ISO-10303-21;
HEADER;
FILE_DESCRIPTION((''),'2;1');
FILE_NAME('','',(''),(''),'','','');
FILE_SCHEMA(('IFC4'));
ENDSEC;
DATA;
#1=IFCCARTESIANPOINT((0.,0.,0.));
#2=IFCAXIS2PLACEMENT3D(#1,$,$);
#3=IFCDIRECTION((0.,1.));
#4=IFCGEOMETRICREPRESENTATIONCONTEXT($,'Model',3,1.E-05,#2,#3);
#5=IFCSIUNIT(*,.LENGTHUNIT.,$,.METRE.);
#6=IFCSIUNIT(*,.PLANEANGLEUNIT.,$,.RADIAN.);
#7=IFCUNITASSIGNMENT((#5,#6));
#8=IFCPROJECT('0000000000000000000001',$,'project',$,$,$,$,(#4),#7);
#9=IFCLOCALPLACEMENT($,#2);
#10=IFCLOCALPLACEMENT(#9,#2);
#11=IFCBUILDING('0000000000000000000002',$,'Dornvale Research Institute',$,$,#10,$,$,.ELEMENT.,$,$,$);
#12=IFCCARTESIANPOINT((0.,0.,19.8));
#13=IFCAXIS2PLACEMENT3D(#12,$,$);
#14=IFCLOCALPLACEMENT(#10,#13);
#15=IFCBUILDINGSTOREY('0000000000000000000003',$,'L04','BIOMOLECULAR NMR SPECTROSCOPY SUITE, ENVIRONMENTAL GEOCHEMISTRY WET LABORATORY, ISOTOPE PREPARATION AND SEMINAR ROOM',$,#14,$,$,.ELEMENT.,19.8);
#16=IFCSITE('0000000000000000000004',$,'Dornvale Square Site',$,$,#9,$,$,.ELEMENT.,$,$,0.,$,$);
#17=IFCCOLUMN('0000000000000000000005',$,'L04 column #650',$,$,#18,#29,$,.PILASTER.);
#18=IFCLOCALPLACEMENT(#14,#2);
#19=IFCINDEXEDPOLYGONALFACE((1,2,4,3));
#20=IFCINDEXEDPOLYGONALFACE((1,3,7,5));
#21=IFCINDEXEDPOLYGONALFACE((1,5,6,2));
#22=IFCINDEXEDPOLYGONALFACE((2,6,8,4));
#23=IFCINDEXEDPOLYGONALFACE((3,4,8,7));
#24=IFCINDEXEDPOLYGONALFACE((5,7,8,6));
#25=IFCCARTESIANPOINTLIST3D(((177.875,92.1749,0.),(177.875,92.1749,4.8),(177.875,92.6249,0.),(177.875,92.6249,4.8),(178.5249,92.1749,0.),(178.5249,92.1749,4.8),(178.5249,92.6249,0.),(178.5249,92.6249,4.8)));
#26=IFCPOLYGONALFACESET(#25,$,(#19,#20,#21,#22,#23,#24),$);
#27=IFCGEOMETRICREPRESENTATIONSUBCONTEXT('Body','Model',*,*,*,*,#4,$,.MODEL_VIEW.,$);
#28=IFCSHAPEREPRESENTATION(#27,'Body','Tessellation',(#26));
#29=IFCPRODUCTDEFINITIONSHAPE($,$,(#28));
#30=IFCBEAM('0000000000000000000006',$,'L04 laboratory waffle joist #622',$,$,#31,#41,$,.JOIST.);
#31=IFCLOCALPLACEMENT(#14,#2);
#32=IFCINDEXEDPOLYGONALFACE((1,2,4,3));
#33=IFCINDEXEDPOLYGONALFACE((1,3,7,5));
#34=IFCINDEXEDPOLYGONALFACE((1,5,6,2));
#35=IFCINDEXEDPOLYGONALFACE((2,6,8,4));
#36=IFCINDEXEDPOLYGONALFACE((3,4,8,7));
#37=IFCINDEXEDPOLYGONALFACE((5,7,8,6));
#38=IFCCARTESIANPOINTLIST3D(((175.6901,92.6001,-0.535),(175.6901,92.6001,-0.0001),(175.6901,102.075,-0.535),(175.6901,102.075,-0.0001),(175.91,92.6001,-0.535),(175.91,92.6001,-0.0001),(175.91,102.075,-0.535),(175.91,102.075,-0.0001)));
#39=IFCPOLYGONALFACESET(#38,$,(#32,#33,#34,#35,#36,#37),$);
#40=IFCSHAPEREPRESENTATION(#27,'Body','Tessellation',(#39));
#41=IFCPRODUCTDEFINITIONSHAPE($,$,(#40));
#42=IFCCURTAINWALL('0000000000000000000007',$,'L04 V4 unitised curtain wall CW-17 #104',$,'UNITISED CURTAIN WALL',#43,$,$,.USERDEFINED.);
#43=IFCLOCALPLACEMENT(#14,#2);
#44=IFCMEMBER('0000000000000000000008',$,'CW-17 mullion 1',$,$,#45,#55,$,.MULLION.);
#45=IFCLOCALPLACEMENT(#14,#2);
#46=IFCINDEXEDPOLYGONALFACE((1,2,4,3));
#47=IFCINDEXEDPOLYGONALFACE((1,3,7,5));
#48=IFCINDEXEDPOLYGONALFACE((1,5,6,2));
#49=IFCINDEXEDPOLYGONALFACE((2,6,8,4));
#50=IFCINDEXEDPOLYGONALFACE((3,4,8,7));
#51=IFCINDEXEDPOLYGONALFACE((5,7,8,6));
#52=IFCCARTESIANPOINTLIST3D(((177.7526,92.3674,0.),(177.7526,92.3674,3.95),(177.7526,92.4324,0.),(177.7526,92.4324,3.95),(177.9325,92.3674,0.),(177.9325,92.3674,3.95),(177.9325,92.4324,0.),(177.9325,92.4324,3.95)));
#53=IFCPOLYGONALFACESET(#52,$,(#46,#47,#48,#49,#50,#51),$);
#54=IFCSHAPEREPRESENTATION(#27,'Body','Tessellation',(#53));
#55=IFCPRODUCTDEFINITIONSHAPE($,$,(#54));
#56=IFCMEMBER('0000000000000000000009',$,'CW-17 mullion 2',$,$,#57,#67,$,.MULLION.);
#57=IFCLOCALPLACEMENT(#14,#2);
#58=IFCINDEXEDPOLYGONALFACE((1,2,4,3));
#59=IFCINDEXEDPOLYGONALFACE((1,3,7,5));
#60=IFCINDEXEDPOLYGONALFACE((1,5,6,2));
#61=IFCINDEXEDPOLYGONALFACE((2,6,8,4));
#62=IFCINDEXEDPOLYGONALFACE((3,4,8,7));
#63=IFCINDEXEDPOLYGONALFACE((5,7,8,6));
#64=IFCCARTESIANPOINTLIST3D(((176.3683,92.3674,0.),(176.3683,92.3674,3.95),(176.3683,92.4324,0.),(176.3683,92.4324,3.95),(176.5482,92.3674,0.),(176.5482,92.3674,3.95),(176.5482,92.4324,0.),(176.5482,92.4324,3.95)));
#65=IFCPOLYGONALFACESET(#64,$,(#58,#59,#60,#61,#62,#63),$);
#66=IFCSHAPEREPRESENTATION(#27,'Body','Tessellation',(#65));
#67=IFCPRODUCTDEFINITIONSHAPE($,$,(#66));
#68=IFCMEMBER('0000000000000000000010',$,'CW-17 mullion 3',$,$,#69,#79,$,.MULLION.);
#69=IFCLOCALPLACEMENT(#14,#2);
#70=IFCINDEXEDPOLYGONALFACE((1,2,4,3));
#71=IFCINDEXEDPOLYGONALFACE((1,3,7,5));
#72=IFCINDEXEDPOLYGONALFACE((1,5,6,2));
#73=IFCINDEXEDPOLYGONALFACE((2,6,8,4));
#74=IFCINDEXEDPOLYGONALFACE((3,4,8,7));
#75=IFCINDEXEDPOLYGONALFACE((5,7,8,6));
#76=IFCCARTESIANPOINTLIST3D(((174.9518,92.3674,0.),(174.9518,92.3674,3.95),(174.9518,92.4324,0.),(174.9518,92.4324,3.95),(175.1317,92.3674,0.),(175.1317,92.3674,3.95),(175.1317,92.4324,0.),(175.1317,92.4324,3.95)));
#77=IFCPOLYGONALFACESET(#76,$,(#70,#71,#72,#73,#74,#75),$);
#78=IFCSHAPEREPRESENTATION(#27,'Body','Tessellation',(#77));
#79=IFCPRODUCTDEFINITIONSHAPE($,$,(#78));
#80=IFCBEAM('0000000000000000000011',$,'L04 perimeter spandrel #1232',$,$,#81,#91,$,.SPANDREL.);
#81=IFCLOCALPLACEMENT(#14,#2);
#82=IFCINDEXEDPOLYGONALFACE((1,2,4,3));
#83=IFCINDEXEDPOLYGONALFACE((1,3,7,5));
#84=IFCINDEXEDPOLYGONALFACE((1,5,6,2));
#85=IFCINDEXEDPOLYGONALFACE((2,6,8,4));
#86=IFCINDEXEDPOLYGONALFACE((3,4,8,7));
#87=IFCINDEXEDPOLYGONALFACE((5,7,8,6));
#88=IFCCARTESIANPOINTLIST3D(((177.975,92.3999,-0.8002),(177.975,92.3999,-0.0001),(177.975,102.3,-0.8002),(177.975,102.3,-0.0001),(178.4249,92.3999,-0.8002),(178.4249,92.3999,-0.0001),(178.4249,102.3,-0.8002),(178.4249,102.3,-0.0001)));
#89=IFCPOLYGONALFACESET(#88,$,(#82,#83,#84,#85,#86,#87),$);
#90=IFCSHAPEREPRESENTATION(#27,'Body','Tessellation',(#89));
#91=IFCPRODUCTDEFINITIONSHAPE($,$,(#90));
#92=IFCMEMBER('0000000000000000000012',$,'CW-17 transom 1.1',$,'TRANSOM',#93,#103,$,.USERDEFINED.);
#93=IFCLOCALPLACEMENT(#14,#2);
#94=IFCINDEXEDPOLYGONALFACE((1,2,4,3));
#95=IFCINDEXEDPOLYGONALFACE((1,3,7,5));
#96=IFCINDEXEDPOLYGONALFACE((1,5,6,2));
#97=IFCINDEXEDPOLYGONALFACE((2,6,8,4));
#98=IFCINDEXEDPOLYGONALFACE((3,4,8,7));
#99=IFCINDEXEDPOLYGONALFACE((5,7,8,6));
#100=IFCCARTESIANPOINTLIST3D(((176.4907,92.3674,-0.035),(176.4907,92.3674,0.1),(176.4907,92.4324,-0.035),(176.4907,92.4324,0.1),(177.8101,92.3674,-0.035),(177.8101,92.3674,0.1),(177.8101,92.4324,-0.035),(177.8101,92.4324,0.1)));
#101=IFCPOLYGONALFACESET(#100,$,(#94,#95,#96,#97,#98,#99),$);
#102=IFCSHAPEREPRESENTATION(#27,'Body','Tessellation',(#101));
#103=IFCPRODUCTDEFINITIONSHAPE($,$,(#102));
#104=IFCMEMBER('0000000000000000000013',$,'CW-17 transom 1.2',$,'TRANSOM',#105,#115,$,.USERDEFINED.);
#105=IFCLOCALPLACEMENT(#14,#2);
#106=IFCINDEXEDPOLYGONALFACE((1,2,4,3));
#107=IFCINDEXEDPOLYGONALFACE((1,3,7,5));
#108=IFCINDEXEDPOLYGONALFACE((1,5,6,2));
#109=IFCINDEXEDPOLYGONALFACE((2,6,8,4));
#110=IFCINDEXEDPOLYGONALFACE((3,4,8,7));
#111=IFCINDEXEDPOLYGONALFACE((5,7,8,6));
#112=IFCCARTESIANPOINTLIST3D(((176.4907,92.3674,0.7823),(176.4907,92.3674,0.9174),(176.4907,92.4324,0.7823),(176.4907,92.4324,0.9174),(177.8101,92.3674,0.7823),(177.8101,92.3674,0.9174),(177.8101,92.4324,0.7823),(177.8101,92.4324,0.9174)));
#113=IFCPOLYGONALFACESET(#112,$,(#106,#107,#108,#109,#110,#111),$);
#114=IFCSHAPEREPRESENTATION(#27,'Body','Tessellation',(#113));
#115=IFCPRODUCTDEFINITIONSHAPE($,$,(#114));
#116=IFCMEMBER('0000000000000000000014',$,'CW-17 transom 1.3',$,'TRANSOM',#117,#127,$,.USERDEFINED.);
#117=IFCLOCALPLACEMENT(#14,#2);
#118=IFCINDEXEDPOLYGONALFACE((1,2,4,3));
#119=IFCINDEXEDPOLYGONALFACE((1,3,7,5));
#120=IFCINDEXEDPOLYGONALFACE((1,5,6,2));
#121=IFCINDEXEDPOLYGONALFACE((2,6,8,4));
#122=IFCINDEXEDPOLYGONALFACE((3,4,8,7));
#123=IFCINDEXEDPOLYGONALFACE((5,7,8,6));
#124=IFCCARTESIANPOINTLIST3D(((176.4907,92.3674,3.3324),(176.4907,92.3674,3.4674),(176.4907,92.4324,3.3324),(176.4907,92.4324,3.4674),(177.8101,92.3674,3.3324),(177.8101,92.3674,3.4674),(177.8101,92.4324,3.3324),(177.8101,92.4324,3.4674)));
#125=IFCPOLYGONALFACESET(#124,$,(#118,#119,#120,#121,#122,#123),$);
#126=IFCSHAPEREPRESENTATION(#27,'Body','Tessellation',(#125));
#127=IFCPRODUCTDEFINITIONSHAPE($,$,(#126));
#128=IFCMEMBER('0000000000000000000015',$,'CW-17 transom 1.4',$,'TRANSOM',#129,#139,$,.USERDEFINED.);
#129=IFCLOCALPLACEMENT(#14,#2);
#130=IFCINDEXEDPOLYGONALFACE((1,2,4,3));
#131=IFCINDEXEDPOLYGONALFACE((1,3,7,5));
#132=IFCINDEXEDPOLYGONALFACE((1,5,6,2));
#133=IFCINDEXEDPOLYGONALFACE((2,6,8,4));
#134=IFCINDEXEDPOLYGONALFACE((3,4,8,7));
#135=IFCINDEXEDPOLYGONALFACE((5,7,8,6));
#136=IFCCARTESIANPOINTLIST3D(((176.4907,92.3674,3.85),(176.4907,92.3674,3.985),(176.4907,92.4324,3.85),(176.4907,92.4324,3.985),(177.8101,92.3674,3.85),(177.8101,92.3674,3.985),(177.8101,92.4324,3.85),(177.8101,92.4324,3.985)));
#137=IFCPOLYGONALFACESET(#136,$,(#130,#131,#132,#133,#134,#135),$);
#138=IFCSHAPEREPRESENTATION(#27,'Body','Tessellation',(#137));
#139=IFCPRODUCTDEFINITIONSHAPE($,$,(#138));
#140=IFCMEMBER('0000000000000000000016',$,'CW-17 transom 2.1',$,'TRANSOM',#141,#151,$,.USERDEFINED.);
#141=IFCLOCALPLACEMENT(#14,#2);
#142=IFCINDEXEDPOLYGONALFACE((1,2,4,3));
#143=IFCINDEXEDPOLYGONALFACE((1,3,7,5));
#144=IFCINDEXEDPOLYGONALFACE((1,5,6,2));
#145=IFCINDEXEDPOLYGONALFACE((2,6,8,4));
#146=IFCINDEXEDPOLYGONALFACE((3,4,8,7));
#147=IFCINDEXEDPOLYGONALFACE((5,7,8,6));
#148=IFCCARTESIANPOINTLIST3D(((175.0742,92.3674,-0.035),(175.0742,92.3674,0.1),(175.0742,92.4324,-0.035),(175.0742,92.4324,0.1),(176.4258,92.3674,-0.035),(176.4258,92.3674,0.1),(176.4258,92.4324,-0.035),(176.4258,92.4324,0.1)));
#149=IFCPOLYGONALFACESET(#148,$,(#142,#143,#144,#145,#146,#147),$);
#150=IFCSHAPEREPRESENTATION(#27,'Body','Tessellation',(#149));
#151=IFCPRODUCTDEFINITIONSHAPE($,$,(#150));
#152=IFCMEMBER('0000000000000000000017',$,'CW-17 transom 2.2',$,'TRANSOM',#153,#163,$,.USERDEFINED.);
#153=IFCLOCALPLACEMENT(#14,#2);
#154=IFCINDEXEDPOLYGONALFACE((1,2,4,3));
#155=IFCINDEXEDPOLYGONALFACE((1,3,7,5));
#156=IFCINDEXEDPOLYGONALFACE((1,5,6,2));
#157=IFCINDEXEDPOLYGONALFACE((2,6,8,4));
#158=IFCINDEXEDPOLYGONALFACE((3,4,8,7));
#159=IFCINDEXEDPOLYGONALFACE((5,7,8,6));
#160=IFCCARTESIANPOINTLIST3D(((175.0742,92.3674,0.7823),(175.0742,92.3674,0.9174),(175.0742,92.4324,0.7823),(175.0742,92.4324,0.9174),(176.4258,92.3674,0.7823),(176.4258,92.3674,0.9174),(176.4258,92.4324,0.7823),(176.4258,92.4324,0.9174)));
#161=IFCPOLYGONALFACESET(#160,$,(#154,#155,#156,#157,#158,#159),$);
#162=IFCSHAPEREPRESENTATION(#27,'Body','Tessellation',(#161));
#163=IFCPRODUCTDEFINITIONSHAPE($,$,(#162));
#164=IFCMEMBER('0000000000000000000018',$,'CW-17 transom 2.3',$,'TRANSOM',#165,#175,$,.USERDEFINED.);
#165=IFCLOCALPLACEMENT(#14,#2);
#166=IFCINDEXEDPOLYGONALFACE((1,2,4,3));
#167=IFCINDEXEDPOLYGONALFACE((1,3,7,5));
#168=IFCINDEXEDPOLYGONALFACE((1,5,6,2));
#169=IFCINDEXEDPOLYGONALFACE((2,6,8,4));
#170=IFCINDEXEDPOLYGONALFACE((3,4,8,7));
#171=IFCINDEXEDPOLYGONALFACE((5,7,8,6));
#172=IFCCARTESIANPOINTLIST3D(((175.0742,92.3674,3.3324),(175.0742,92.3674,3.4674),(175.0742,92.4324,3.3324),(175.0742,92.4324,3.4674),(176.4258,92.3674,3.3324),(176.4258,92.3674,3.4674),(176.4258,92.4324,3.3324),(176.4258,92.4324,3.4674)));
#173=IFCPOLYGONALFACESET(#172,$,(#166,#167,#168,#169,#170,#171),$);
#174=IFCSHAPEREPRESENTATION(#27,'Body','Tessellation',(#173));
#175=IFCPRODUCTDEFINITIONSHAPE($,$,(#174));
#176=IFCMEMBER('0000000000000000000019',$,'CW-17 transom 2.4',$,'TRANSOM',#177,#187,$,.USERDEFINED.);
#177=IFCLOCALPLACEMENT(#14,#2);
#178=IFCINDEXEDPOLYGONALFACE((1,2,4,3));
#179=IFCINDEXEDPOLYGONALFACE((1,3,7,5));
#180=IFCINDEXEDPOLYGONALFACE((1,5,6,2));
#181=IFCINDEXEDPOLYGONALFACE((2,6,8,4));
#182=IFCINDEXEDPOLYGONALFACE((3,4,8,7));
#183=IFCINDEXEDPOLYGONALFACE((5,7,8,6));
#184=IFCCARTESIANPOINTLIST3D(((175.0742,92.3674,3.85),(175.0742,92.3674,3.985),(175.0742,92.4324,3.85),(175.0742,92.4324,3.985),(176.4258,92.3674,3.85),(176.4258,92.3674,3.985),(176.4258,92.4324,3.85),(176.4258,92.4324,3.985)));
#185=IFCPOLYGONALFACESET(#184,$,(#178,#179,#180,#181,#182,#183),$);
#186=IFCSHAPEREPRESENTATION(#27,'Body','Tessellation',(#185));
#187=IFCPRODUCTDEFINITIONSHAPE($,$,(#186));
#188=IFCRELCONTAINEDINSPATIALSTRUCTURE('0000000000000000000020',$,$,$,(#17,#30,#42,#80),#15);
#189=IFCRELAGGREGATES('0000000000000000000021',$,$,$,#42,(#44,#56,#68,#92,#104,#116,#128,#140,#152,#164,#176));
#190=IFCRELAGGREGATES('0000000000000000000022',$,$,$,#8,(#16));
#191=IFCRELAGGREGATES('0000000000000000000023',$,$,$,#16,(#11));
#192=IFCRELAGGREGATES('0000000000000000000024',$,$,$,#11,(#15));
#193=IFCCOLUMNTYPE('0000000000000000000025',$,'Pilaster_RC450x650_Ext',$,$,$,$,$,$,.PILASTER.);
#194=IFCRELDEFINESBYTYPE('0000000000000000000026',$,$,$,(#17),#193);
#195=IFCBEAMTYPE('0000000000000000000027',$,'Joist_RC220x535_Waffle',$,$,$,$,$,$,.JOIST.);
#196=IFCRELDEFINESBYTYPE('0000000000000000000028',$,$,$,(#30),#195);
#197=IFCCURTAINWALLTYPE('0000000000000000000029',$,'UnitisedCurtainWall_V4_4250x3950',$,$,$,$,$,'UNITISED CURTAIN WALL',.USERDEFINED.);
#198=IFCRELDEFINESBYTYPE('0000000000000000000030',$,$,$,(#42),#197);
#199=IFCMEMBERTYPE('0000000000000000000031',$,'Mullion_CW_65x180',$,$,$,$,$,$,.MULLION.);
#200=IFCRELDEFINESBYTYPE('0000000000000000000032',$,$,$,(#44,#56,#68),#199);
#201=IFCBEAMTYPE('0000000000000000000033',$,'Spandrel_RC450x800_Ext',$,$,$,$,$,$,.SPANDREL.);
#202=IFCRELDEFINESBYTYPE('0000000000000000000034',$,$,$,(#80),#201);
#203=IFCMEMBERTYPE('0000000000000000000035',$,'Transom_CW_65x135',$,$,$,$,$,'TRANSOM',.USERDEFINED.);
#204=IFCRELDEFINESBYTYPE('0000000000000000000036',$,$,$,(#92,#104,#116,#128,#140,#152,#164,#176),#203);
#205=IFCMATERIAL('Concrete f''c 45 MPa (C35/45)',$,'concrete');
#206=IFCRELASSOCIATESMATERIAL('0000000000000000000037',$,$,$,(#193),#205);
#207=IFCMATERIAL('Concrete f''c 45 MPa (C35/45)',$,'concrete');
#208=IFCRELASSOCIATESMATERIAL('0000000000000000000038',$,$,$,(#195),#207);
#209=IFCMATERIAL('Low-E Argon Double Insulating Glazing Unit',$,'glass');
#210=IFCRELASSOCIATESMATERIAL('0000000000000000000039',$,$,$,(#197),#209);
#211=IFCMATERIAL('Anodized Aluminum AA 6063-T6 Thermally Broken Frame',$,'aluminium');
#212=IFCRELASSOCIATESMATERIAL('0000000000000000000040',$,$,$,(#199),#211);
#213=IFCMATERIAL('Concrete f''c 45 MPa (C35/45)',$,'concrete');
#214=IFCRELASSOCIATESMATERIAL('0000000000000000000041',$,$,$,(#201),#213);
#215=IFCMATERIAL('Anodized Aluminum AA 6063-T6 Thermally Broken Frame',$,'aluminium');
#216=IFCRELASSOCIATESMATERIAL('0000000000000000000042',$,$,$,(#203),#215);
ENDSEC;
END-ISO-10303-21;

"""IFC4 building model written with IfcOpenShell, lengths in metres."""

from ifc_helpers import new_model, si_unit, direction, frame, origin, origin_2d, place, context, subcontext, project, spatial, rectangle, extrude, material, material_profile, profile_set, type_object, element, aggregate, save


model = new_model("IFC4")

# Units and contexts
model_context = context("Model", 3, precision=1e-05, world=origin(), true_north=direction((0.0, 1.0)))
body_context = subcontext(model_context, "Body", "Model", "MODEL_VIEW")
ifc_project = project(units=[si_unit("LENGTHUNIT", "METRE"), si_unit("PLANEANGLEUNIT", "RADIAN")], contexts=[model_context])

# Site, building, storey
site_placement = place(None, origin())
site = spatial("IfcSite", under=ifc_project, at=site_placement, Name="Dornvale Square Site", CompositionType="ELEMENT", RefElevation=0.0)
building_placement = place(site_placement, origin())
building = spatial("IfcBuilding", under=site, at=building_placement, Name="Dornvale Research Institute", CompositionType="ELEMENT")
storey_placement = place(building_placement, frame((0.0, 0.0, 19.8)))
storey = spatial("IfcBuildingStorey", under=building, at=storey_placement, Name="L04", Description="BIOMOLECULAR NMR SPECTROSCOPY SUITE, ENVIRONMENTAL GEOCHEMISTRY WET LABORATORY, ISOTOPE PREPARATION AND SEMINAR ROOM", CompositionType="ELEMENT", Elevation=19.8)

# Column
ifc_material_1 = material(Name="Concrete f'c 45 MPa (C35/45)", Category="concrete")
ifc_material_profile_1 = material_profile(ifc_material_1, rectangle(XDim=0.45, YDim=0.6499, at=origin_2d()), Name="RC 450x650")
ifc_profile_set_1 = profile_set([ifc_material_profile_1], Name="Concrete f'c 45 MPa (C35/45)")
column_type = type_object("IfcColumnType", Name="Pilaster_RC450x650_Ext", PredefinedType="PILASTER", material=ifc_profile_set_1)
column_placement = place(storey_placement, frame((178.2, 92.3999, 0.0), z_axis=(0.0, 0.0, 1.0), x_axis=(0.0, 1.0, 0.0)))
element("IfcColumn", 1, at=column_placement, inside=storey, type_object=column_type, Name="L04 column #650", PredefinedType="PILASTER", context=body_context, shape_type="SweptSolid", body=[
    extrude(rectangle(XDim=0.45, YDim=0.6499, at=origin_2d()), origin(), (0.0, 0.0, 1.0), 4.8),
])

# Beam
ifc_material_2 = material(Name="Concrete f'c 45 MPa (C35/45)", Category="concrete")
ifc_material_profile_2 = material_profile(ifc_material_2, rectangle(XDim=0.22, YDim=0.5349, at=origin_2d()), Name="RC 220x535")
ifc_profile_set_2 = profile_set([ifc_material_profile_2], Name="Concrete f'c 45 MPa (C35/45)")
beam_type_1 = type_object("IfcBeamType", Name="Joist_RC220x535_Waffle", PredefinedType="JOIST", material=ifc_profile_set_2)
beam_1_placement = place(storey_placement, frame((175.8, 92.6001, -0.2676), z_axis=(0.0, 1.0, 0.0), x_axis=(-1.0, 0.0, 0.0)))
element("IfcBeam", 2, at=beam_1_placement, inside=storey, type_object=beam_type_1, Name="L04 laboratory waffle joist #622", PredefinedType="JOIST", context=body_context, shape_type="SweptSolid", body=[
    extrude(rectangle(XDim=0.22, YDim=0.5349, at=origin_2d()), origin(), (0.0, 0.0, 1.0), 9.4749),
])

# Curtain wall, members
ifc_material_3 = material(Name="Low-E Argon Double Insulating Glazing Unit", Category="glass")
curtain_wall_type = type_object("IfcCurtainWallType", Name="UnitisedCurtainWall_V4_4250x3950", ElementType="UNITISED CURTAIN WALL", PredefinedType="USERDEFINED", material=ifc_material_3)
curtain_wall_placement = place(storey_placement, origin())
curtain_wall = element("IfcCurtainWall", 3, at=curtain_wall_placement, inside=storey, type_object=curtain_wall_type, Name="L04 V4 unitised curtain wall CW-17 #104", ObjectType="UNITISED CURTAIN WALL", PredefinedType="USERDEFINED")
ifc_material_4 = material(Name="Anodized Aluminum AA 6063-T6 Thermally Broken Frame", Category="aluminium")
ifc_material_profile_3 = material_profile(ifc_material_4, rectangle(XDim=0.0649, YDim=0.1799, at=origin_2d()), Name="ALU MULLION 65x180")
ifc_profile_set_3 = profile_set([ifc_material_profile_3], Name="Anodized Aluminum AA 6063-T6 Thermally Broken Frame")
member_type_1 = type_object("IfcMemberType", Name="Mullion_CW_65x180", PredefinedType="MULLION", material=ifc_profile_set_3)
member_1_placement = place(storey_placement, frame((177.8425, 92.3999, 0.0), z_axis=(0.0, 0.0, 1.0), x_axis=(0.0, -1.0, 0.0)))
member_1 = element("IfcMember", 4, at=member_1_placement, type_object=member_type_1, Name="CW-17 mullion 1", PredefinedType="MULLION", context=body_context, shape_type="SweptSolid", body=[
    extrude(rectangle(XDim=0.0649, YDim=0.1799, at=origin_2d()), origin(), (0.0, 0.0, 1.0), 3.95),
])
member_2_placement = place(storey_placement, frame((176.4583, 92.3999, 0.0), z_axis=(0.0, 0.0, 1.0), x_axis=(0.0, -1.0, 0.0)))
member_2 = element("IfcMember", 5, at=member_2_placement, type_object=member_type_1, Name="CW-17 mullion 2", PredefinedType="MULLION", context=body_context, shape_type="SweptSolid", body=[
    extrude(rectangle(XDim=0.0649, YDim=0.1799, at=origin_2d()), origin(), (0.0, 0.0, 1.0), 3.95),
])
member_3_placement = place(storey_placement, frame((175.0417, 92.3999, 0.0), z_axis=(0.0, 0.0, 1.0), x_axis=(0.0, -1.0, 0.0)))
member_3 = element("IfcMember", 6, at=member_3_placement, type_object=member_type_1, Name="CW-17 mullion 3", PredefinedType="MULLION", context=body_context, shape_type="SweptSolid", body=[
    extrude(rectangle(XDim=0.0649, YDim=0.1799, at=origin_2d()), origin(), (0.0, 0.0, 1.0), 3.95),
])

# Beam
ifc_material_5 = material(Name="Concrete f'c 45 MPa (C35/45)", Category="concrete")
ifc_material_profile_4 = material_profile(ifc_material_5, rectangle(XDim=0.45, YDim=0.8, at=origin_2d()), Name="RC 450x800")
ifc_profile_set_4 = profile_set([ifc_material_profile_4], Name="Concrete f'c 45 MPa (C35/45)")
beam_type_2 = type_object("IfcBeamType", Name="Spandrel_RC450x800_Ext", PredefinedType="SPANDREL", material=ifc_profile_set_4)
beam_2_placement = place(storey_placement, frame((178.2, 92.3999, -0.4001), z_axis=(0.0, 1.0, 0.0), x_axis=(-1.0, 0.0, 0.0)))
element("IfcBeam", 7, at=beam_2_placement, inside=storey, type_object=beam_type_2, Name="L04 perimeter spandrel #1232", PredefinedType="SPANDREL", context=body_context, shape_type="SweptSolid", body=[
    extrude(rectangle(XDim=0.45, YDim=0.8, at=origin_2d()), origin(), (0.0, 0.0, 1.0), 9.9001),
])

# Members
ifc_material_6 = material(Name="Anodized Aluminum AA 6063-T6 Thermally Broken Frame", Category="aluminium")
ifc_material_profile_5 = material_profile(ifc_material_6, rectangle(XDim=0.0649, YDim=0.135, at=origin_2d()), Name="ALU TRANSOM 65x135")
ifc_profile_set_5 = profile_set([ifc_material_profile_5], Name="Anodized Aluminum AA 6063-T6 Thermally Broken Frame")
member_type_2 = type_object("IfcMemberType", Name="Transom_CW_65x135", ElementType="TRANSOM", PredefinedType="USERDEFINED", material=ifc_profile_set_5)
member_4_placement = place(storey_placement, frame((177.8101, 92.3999, 0.0325), z_axis=(-1.0, 0.0, 0.0), x_axis=(0.0, -1.0, 0.0)))
member_4 = element("IfcMember", 8, at=member_4_placement, type_object=member_type_2, Name="CW-17 transom 1.1", ObjectType="TRANSOM", PredefinedType="USERDEFINED", context=body_context, shape_type="SweptSolid", body=[
    extrude(rectangle(XDim=0.0649, YDim=0.135, at=origin_2d()), origin(), (0.0, 0.0, 1.0), 1.3193),
])
member_5_placement = place(storey_placement, frame((177.8101, 92.3999, 0.8499), z_axis=(-1.0, 0.0, 0.0), x_axis=(0.0, -1.0, 0.0)))
member_5 = element("IfcMember", 9, at=member_5_placement, type_object=member_type_2, Name="CW-17 transom 1.2", ObjectType="TRANSOM", PredefinedType="USERDEFINED", context=body_context, shape_type="SweptSolid", body=[
    extrude(rectangle(XDim=0.0649, YDim=0.135, at=origin_2d()), origin(), (0.0, 0.0, 1.0), 1.3193),
])
member_6_placement = place(storey_placement, frame((177.8101, 92.3999, 3.3999), z_axis=(-1.0, 0.0, 0.0), x_axis=(0.0, -1.0, 0.0)))
member_6 = element("IfcMember", 10, at=member_6_placement, type_object=member_type_2, Name="CW-17 transom 1.3", ObjectType="TRANSOM", PredefinedType="USERDEFINED", context=body_context, shape_type="SweptSolid", body=[
    extrude(rectangle(XDim=0.0649, YDim=0.135, at=origin_2d()), origin(), (0.0, 0.0, 1.0), 1.3193),
])
member_7_placement = place(storey_placement, frame((177.8101, 92.3999, 3.9175), z_axis=(-1.0, 0.0, 0.0), x_axis=(0.0, -1.0, 0.0)))
member_7 = element("IfcMember", 11, at=member_7_placement, type_object=member_type_2, Name="CW-17 transom 1.4", ObjectType="TRANSOM", PredefinedType="USERDEFINED", context=body_context, shape_type="SweptSolid", body=[
    extrude(rectangle(XDim=0.0649, YDim=0.135, at=origin_2d()), origin(), (0.0, 0.0, 1.0), 1.3193),
])
member_8_placement = place(storey_placement, frame((176.4258, 92.3999, 0.0325), z_axis=(-1.0, 0.0, 0.0), x_axis=(0.0, -1.0, 0.0)))
member_8 = element("IfcMember", 12, at=member_8_placement, type_object=member_type_2, Name="CW-17 transom 2.1", ObjectType="TRANSOM", PredefinedType="USERDEFINED", context=body_context, shape_type="SweptSolid", body=[
    extrude(rectangle(XDim=0.0649, YDim=0.135, at=origin_2d()), origin(), (0.0, 0.0, 1.0), 1.3516),
])
member_9_placement = place(storey_placement, frame((176.4258, 92.3999, 0.8499), z_axis=(-1.0, 0.0, 0.0), x_axis=(0.0, -1.0, 0.0)))
member_9 = element("IfcMember", 13, at=member_9_placement, type_object=member_type_2, Name="CW-17 transom 2.2", ObjectType="TRANSOM", PredefinedType="USERDEFINED", context=body_context, shape_type="SweptSolid", body=[
    extrude(rectangle(XDim=0.0649, YDim=0.135, at=origin_2d()), origin(), (0.0, 0.0, 1.0), 1.3516),
])
member_10_placement = place(storey_placement, frame((176.4258, 92.3999, 3.3999), z_axis=(-1.0, 0.0, 0.0), x_axis=(0.0, -1.0, 0.0)))
member_10 = element("IfcMember", 14, at=member_10_placement, type_object=member_type_2, Name="CW-17 transom 2.3", ObjectType="TRANSOM", PredefinedType="USERDEFINED", context=body_context, shape_type="SweptSolid", body=[
    extrude(rectangle(XDim=0.0649, YDim=0.135, at=origin_2d()), origin(), (0.0, 0.0, 1.0), 1.3516),
])
member_11_placement = place(storey_placement, frame((176.4258, 92.3999, 3.9175), z_axis=(-1.0, 0.0, 0.0), x_axis=(0.0, -1.0, 0.0)))
member_11 = element("IfcMember", 15, at=member_11_placement, type_object=member_type_2, Name="CW-17 transom 2.4", ObjectType="TRANSOM", PredefinedType="USERDEFINED", context=body_context, shape_type="SweptSolid", body=[
    extrude(rectangle(XDim=0.0649, YDim=0.135, at=origin_2d()), origin(), (0.0, 0.0, 1.0), 1.3516),
])

aggregate(curtain_wall, [member_1, member_2, member_3, member_4, member_5, member_6, member_7, member_8, member_9, member_10, member_11])

save(model, "model.ifc")
